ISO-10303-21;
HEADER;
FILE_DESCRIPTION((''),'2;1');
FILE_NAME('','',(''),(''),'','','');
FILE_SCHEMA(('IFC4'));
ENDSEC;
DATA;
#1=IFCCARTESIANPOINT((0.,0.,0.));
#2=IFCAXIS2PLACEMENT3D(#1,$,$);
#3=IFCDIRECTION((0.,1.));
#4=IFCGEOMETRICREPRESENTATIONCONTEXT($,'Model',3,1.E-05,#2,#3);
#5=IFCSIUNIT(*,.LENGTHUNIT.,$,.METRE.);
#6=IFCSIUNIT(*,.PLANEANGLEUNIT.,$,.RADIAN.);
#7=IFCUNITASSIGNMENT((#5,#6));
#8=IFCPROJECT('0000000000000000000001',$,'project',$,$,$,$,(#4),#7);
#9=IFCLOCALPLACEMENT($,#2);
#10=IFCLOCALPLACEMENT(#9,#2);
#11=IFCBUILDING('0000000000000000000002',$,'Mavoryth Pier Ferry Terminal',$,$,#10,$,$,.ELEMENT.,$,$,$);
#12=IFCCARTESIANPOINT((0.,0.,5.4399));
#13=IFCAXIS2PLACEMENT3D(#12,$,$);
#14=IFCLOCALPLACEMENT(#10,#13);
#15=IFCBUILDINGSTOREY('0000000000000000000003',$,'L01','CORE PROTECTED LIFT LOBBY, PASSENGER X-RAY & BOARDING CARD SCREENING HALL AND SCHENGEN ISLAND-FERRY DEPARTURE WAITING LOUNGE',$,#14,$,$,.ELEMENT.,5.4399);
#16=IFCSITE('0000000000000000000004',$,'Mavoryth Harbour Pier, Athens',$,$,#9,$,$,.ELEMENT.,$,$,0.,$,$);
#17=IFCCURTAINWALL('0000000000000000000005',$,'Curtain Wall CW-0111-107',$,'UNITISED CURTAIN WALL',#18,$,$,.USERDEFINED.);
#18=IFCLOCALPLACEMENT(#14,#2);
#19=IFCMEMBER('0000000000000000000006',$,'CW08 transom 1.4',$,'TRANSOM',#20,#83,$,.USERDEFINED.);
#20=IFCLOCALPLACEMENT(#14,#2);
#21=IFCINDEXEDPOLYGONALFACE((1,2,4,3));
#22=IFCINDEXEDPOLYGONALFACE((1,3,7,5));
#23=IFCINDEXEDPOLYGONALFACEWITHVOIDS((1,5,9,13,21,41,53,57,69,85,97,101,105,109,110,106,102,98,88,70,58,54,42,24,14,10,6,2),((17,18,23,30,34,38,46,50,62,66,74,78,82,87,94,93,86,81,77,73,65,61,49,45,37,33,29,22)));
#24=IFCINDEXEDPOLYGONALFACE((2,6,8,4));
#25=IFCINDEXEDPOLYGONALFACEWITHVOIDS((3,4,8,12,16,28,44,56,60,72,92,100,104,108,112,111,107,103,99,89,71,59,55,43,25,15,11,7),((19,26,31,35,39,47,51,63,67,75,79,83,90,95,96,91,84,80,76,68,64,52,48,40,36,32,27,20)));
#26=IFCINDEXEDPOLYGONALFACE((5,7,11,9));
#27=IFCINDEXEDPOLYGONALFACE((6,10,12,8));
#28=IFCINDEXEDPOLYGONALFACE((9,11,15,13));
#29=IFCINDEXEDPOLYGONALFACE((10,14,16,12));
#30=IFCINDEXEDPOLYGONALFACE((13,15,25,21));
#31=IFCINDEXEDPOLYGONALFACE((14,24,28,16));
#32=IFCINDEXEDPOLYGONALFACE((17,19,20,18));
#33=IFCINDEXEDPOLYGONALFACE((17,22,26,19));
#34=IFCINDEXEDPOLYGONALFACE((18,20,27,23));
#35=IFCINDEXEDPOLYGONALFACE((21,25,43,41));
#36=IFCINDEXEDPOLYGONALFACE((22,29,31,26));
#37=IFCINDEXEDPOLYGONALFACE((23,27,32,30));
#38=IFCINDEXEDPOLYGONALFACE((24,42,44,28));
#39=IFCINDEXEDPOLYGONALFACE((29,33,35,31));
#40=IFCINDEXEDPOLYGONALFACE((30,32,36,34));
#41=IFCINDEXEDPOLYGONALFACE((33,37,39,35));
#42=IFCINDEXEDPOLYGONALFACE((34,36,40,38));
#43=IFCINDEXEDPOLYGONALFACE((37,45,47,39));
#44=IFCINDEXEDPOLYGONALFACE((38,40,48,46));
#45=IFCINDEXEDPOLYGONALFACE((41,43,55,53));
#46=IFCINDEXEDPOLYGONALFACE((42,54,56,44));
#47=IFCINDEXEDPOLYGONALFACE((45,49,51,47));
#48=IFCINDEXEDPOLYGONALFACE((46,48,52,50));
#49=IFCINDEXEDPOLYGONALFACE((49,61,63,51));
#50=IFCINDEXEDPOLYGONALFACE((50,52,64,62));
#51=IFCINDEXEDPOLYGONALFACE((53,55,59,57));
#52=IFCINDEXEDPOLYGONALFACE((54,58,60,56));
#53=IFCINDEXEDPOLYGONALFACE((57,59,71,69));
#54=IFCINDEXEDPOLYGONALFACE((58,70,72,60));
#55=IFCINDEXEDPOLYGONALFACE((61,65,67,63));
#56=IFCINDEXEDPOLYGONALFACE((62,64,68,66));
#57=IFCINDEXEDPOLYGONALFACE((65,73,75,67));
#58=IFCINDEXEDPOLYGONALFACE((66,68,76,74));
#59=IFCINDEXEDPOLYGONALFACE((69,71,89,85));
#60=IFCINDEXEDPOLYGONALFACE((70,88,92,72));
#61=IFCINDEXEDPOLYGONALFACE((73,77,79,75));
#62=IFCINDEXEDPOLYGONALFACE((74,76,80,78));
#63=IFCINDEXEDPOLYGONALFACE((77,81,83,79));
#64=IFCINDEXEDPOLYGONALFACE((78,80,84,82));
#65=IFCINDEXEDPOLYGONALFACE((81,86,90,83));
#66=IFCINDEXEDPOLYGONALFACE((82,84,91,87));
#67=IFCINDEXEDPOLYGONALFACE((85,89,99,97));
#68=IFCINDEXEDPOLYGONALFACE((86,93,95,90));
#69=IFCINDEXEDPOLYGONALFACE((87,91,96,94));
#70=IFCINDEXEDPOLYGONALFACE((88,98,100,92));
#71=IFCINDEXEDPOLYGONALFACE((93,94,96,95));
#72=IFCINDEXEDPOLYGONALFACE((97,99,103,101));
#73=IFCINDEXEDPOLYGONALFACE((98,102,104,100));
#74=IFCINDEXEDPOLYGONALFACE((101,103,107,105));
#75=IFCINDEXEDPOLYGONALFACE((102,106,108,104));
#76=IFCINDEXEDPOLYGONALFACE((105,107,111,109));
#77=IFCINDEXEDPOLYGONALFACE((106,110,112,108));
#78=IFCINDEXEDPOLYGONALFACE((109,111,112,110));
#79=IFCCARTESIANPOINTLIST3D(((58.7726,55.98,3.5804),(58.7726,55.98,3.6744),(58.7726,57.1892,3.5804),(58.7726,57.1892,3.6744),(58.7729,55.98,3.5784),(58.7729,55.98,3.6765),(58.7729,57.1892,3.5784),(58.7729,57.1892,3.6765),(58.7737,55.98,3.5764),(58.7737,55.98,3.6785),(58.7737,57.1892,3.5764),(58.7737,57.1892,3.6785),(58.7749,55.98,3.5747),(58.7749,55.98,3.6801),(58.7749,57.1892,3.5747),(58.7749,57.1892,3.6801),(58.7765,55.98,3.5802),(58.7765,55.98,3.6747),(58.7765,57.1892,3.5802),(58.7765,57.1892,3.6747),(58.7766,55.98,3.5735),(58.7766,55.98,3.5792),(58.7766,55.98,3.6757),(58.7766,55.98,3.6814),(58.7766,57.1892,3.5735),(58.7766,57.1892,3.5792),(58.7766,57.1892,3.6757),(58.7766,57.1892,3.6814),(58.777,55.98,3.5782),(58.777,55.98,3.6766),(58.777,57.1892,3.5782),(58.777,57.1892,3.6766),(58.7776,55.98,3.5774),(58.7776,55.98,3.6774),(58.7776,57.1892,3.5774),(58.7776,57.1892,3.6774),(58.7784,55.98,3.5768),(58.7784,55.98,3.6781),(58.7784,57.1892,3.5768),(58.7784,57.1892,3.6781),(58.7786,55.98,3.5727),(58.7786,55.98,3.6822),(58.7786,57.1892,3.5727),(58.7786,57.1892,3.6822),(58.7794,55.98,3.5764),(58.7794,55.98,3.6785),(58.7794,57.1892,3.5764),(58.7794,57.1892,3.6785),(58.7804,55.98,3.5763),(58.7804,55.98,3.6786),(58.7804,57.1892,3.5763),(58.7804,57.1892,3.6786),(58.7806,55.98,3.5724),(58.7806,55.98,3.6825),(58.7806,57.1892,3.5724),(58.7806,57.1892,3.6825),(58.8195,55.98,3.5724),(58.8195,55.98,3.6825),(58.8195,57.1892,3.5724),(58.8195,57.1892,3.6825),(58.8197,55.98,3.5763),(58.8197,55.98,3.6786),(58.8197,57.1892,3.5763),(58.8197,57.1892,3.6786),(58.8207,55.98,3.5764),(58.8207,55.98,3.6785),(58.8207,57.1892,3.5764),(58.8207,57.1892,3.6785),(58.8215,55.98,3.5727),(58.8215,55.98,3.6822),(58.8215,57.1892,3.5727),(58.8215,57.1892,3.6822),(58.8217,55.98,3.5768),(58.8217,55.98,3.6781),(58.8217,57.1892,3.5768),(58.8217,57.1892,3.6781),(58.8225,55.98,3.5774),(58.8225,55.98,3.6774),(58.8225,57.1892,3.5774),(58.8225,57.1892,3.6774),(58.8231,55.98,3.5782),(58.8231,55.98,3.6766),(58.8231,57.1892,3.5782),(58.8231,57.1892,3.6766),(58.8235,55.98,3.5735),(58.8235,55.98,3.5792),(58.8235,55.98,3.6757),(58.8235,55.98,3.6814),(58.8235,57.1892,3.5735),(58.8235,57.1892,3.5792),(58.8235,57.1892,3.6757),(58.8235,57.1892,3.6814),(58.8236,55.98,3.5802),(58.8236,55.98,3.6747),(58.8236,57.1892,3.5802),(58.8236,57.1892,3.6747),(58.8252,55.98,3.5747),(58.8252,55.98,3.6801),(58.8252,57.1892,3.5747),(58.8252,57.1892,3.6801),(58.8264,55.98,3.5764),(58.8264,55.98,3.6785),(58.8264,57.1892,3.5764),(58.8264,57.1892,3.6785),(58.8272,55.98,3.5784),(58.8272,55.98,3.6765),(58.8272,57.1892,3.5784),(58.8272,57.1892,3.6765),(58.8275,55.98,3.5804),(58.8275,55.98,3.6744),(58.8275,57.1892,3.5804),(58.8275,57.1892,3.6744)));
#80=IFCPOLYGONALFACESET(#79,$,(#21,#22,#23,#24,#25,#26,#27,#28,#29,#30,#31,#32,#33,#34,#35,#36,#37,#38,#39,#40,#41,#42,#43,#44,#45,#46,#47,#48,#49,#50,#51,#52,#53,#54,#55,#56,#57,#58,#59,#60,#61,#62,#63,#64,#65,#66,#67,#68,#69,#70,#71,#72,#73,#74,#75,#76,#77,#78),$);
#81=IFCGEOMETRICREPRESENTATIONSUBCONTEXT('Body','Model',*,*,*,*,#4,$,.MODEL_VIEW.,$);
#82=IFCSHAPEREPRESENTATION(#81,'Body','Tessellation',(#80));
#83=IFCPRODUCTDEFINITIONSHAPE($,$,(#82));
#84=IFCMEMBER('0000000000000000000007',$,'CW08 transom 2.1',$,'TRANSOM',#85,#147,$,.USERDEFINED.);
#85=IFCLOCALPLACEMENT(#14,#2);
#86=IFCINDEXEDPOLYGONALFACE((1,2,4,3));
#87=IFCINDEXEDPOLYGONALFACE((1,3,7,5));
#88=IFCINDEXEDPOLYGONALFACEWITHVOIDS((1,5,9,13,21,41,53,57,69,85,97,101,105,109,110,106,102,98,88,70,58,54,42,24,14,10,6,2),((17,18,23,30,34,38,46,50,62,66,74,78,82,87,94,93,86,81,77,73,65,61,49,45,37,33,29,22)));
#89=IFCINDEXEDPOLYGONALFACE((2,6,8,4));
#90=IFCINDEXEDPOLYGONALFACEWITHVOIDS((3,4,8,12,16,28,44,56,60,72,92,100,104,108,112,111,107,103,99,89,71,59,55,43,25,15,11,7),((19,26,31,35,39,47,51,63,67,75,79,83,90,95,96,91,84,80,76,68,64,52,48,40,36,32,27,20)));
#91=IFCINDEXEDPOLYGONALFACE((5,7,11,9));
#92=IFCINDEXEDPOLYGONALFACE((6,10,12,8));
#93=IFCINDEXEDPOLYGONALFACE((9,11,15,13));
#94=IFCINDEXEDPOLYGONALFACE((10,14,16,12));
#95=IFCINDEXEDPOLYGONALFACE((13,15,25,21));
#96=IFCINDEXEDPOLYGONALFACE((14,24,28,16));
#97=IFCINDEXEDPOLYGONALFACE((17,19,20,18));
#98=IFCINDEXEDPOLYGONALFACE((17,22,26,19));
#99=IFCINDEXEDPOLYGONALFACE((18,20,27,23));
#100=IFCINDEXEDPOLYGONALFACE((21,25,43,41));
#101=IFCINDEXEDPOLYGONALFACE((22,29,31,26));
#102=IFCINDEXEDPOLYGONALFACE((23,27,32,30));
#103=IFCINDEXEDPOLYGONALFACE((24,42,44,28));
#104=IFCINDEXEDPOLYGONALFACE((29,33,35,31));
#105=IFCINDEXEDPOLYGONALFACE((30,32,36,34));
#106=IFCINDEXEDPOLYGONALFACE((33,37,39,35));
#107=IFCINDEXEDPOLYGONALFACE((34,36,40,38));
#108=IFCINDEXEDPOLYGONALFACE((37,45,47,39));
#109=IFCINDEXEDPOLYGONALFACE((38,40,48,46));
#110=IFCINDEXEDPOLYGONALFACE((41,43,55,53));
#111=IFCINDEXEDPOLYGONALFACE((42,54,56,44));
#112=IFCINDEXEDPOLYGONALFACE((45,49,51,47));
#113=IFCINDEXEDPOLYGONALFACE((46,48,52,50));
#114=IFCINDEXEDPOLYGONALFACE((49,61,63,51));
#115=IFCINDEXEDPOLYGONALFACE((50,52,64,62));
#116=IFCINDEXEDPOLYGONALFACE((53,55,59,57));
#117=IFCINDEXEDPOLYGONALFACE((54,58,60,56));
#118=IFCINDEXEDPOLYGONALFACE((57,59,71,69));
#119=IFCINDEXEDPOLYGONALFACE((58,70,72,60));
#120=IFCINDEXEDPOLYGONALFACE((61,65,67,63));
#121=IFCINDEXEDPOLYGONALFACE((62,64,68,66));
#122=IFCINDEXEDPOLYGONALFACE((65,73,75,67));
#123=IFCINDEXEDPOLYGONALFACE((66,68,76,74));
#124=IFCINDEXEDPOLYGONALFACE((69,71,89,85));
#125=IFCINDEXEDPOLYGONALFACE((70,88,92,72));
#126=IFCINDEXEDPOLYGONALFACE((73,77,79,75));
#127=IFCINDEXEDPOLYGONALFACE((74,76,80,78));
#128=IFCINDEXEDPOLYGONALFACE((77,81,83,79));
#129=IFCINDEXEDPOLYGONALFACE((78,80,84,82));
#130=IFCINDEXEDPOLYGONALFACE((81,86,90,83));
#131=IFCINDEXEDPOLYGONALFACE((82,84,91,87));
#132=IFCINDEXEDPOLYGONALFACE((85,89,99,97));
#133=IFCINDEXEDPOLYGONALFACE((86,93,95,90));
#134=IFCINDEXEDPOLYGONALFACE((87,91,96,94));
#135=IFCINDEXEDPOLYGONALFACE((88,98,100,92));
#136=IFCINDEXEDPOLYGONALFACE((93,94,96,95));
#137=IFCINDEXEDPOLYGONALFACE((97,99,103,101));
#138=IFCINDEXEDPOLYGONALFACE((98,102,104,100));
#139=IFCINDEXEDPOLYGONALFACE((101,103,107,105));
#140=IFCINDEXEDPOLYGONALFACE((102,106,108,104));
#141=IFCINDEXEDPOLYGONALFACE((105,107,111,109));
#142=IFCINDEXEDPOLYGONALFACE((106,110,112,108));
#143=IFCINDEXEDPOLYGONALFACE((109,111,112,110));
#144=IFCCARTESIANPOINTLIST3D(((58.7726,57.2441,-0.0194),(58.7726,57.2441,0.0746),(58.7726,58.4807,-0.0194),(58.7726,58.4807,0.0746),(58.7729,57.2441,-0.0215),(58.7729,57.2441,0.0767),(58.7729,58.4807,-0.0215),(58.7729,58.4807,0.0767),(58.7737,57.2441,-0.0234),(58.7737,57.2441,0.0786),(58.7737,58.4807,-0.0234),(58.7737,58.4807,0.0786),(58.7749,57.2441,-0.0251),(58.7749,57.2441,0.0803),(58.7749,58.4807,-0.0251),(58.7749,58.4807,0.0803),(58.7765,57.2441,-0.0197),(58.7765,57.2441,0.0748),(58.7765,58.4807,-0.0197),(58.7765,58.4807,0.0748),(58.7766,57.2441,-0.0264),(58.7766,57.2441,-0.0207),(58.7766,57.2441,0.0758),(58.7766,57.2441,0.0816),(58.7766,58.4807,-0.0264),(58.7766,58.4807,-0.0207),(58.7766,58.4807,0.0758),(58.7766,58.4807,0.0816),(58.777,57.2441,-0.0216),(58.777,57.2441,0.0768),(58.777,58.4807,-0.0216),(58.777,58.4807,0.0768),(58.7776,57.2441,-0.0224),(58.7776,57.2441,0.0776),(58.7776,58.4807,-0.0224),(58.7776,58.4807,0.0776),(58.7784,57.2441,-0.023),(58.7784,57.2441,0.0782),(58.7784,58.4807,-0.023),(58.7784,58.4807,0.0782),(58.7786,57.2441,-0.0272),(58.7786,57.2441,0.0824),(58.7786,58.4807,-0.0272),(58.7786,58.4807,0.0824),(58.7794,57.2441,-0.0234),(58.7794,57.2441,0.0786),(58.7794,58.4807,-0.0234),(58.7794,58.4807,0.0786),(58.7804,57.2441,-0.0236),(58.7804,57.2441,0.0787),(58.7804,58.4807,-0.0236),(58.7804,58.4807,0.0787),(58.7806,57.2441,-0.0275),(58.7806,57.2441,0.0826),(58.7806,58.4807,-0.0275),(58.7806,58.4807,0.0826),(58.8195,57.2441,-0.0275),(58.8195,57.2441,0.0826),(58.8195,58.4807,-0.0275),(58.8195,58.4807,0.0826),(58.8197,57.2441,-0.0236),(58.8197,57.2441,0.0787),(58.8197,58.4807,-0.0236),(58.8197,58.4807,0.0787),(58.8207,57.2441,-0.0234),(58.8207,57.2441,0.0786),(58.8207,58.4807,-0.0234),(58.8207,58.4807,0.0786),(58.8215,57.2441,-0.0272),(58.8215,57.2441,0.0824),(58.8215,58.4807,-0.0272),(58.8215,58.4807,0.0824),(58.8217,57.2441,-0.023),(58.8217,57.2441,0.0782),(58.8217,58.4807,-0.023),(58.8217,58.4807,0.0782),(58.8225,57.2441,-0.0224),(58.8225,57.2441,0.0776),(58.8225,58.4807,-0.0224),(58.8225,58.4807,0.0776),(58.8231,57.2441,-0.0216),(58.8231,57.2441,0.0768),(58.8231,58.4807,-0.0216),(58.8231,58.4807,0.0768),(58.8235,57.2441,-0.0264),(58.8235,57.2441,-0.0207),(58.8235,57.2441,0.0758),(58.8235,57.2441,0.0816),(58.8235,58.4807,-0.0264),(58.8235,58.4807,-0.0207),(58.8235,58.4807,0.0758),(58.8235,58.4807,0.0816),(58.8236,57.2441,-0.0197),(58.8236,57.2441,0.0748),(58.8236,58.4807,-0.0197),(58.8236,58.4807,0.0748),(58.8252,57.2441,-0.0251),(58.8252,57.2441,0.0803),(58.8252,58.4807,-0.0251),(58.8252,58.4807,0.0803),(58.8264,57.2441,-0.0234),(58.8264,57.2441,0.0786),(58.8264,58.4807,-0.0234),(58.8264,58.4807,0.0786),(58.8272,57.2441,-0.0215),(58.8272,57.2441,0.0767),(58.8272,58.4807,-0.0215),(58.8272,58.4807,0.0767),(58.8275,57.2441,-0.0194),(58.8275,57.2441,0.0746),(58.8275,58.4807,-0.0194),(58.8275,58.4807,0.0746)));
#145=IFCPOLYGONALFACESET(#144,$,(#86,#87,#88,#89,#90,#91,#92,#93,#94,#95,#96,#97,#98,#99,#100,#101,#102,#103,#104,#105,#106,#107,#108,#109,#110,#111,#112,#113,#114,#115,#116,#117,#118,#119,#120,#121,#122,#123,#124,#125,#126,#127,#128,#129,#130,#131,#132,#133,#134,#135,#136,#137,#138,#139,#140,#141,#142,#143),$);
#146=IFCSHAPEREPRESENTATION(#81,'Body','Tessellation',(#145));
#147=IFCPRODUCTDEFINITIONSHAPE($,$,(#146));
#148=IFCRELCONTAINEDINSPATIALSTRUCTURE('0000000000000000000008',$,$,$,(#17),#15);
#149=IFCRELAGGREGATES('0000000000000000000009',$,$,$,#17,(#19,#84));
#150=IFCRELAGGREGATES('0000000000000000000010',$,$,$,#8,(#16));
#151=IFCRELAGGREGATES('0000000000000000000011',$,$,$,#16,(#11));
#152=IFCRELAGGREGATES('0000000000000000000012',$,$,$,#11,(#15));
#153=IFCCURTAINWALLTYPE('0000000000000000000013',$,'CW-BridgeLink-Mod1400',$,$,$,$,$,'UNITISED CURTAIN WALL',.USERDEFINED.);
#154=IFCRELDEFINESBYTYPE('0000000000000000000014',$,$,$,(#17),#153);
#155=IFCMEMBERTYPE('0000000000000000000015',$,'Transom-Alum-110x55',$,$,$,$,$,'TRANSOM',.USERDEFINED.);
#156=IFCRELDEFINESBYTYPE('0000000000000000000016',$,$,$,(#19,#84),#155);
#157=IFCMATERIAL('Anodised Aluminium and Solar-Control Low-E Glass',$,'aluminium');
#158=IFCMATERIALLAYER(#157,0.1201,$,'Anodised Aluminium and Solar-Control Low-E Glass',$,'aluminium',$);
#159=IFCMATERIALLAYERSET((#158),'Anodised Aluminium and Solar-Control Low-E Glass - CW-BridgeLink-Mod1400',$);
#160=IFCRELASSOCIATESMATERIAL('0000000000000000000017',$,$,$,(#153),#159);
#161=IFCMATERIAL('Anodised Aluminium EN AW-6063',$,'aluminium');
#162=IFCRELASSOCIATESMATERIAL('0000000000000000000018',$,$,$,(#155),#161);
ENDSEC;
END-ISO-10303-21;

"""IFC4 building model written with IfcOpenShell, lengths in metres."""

from ifc_helpers import new_model, si_unit, direction, frame, origin, origin_2d, place, context, subcontext, project, spatial, hollow_rectangle, extrude, material, layer, layer_set, material_profile, profile_set, type_object, element, aggregate, save


model = new_model("IFC4")

# Units and contexts
model_context = context("Model", 3, precision=1e-05, world=origin(), true_north=direction((0.0, 1.0)))
body_context = subcontext(model_context, "Body", "Model", "MODEL_VIEW")
ifc_project = project(units=[si_unit("LENGTHUNIT", "METRE"), si_unit("PLANEANGLEUNIT", "RADIAN")], contexts=[model_context])

# Site, building, storey
site_placement = place(None, origin())
site = spatial("IfcSite", under=ifc_project, at=site_placement, Name="Mavoryth Harbour Pier, Athens", CompositionType="ELEMENT", RefElevation=0.0)
building_placement = place(site_placement, origin())
building = spatial("IfcBuilding", under=site, at=building_placement, Name="Mavoryth Pier Ferry Terminal", CompositionType="ELEMENT")
storey_placement = place(building_placement, frame((0.0, 0.0, 5.4399)))
storey = spatial("IfcBuildingStorey", under=building, at=storey_placement, Name="L01", Description="CORE PROTECTED LIFT LOBBY, PASSENGER X-RAY & BOARDING CARD SCREENING HALL AND SCHENGEN ISLAND-FERRY DEPARTURE WAITING LOUNGE", CompositionType="ELEMENT", Elevation=5.4399)

# Shared definitions
ifc_material_1 = material(Name="Anodised Aluminium and Solar-Control Low-E Glass", Category="aluminium")
ifc_layer_1 = layer(ifc_material_1, 0.1201, Name="Anodised Aluminium and Solar-Control Low-E Glass", Category="aluminium")
ifc_layer_set_1 = layer_set([ifc_layer_1], Name="Anodised Aluminium and Solar-Control Low-E Glass - CW-BridgeLink-Mod1400")
curtain_wall_type = type_object("IfcCurtainWallType", Name="CW-BridgeLink-Mod1400", ElementType="UNITISED CURTAIN WALL", PredefinedType="USERDEFINED", material=ifc_layer_set_1)
ifc_material_2 = material(Name="Anodised Aluminium EN AW-6063", Category="aluminium")

# Curtain wall
curtain_wall_1_placement = place(storey_placement, origin())
curtain_wall_1 = element("IfcCurtainWall", 1, at=curtain_wall_1_placement, inside=storey, type_object=curtain_wall_type, Name="Curtain Wall CW-0111-107", ObjectType="UNITISED CURTAIN WALL", PredefinedType="USERDEFINED")

# Members
ifc_material_profile_1 = material_profile(ifc_material_2, hollow_rectangle(XDim=0.0549, YDim=0.1101, WallThickness=0.0039, InnerFilletRadius=0.0039, OuterFilletRadius=0.0081, at=origin_2d()), Name="AL-TRAN 110x55x4", Category="aluminium")
ifc_profile_set_1 = profile_set([ifc_material_profile_1], Name="Anodised Aluminium EN AW-6063 - AL-TRAN 110x55x4")
member_type_1 = type_object("IfcMemberType", Name="Transom-Alum-110x55", ElementType="TRANSOM", PredefinedType="USERDEFINED", material=ifc_profile_set_1)
member_1_placement = place(storey_placement, frame((58.8, 55.98, 3.6274), z_axis=(0.0, 1.0, 0.0), x_axis=(-1.0, 0.0, 0.0)))
member_1 = element("IfcMember", 2, at=member_1_placement, type_object=member_type_1, Name="CW08 transom 1.4", ObjectType="TRANSOM", PredefinedType="USERDEFINED", context=body_context, shape_type="SweptSolid", body=[
    extrude(hollow_rectangle(XDim=0.0549, YDim=0.1101, WallThickness=0.0039, InnerFilletRadius=0.0039, OuterFilletRadius=0.0081, at=origin_2d()), origin(), (0.0, 0.0, 1.0), 1.2092),
])
member_2_placement = place(storey_placement, frame((58.8, 57.2441, 0.0276), z_axis=(0.0, 1.0, 0.0), x_axis=(-1.0, 0.0, 0.0)))
member_2 = element("IfcMember", 3, at=member_2_placement, type_object=member_type_1, Name="CW08 transom 2.1", ObjectType="TRANSOM", PredefinedType="USERDEFINED", context=body_context, shape_type="SweptSolid", body=[
    extrude(hollow_rectangle(XDim=0.0549, YDim=0.1101, WallThickness=0.0039, InnerFilletRadius=0.0039, OuterFilletRadius=0.0081, at=origin_2d()), origin(), (0.0, 0.0, 1.0), 1.2366),
])

aggregate(curtain_wall_1, [member_1, member_2])

save(model, "model.ifc")
